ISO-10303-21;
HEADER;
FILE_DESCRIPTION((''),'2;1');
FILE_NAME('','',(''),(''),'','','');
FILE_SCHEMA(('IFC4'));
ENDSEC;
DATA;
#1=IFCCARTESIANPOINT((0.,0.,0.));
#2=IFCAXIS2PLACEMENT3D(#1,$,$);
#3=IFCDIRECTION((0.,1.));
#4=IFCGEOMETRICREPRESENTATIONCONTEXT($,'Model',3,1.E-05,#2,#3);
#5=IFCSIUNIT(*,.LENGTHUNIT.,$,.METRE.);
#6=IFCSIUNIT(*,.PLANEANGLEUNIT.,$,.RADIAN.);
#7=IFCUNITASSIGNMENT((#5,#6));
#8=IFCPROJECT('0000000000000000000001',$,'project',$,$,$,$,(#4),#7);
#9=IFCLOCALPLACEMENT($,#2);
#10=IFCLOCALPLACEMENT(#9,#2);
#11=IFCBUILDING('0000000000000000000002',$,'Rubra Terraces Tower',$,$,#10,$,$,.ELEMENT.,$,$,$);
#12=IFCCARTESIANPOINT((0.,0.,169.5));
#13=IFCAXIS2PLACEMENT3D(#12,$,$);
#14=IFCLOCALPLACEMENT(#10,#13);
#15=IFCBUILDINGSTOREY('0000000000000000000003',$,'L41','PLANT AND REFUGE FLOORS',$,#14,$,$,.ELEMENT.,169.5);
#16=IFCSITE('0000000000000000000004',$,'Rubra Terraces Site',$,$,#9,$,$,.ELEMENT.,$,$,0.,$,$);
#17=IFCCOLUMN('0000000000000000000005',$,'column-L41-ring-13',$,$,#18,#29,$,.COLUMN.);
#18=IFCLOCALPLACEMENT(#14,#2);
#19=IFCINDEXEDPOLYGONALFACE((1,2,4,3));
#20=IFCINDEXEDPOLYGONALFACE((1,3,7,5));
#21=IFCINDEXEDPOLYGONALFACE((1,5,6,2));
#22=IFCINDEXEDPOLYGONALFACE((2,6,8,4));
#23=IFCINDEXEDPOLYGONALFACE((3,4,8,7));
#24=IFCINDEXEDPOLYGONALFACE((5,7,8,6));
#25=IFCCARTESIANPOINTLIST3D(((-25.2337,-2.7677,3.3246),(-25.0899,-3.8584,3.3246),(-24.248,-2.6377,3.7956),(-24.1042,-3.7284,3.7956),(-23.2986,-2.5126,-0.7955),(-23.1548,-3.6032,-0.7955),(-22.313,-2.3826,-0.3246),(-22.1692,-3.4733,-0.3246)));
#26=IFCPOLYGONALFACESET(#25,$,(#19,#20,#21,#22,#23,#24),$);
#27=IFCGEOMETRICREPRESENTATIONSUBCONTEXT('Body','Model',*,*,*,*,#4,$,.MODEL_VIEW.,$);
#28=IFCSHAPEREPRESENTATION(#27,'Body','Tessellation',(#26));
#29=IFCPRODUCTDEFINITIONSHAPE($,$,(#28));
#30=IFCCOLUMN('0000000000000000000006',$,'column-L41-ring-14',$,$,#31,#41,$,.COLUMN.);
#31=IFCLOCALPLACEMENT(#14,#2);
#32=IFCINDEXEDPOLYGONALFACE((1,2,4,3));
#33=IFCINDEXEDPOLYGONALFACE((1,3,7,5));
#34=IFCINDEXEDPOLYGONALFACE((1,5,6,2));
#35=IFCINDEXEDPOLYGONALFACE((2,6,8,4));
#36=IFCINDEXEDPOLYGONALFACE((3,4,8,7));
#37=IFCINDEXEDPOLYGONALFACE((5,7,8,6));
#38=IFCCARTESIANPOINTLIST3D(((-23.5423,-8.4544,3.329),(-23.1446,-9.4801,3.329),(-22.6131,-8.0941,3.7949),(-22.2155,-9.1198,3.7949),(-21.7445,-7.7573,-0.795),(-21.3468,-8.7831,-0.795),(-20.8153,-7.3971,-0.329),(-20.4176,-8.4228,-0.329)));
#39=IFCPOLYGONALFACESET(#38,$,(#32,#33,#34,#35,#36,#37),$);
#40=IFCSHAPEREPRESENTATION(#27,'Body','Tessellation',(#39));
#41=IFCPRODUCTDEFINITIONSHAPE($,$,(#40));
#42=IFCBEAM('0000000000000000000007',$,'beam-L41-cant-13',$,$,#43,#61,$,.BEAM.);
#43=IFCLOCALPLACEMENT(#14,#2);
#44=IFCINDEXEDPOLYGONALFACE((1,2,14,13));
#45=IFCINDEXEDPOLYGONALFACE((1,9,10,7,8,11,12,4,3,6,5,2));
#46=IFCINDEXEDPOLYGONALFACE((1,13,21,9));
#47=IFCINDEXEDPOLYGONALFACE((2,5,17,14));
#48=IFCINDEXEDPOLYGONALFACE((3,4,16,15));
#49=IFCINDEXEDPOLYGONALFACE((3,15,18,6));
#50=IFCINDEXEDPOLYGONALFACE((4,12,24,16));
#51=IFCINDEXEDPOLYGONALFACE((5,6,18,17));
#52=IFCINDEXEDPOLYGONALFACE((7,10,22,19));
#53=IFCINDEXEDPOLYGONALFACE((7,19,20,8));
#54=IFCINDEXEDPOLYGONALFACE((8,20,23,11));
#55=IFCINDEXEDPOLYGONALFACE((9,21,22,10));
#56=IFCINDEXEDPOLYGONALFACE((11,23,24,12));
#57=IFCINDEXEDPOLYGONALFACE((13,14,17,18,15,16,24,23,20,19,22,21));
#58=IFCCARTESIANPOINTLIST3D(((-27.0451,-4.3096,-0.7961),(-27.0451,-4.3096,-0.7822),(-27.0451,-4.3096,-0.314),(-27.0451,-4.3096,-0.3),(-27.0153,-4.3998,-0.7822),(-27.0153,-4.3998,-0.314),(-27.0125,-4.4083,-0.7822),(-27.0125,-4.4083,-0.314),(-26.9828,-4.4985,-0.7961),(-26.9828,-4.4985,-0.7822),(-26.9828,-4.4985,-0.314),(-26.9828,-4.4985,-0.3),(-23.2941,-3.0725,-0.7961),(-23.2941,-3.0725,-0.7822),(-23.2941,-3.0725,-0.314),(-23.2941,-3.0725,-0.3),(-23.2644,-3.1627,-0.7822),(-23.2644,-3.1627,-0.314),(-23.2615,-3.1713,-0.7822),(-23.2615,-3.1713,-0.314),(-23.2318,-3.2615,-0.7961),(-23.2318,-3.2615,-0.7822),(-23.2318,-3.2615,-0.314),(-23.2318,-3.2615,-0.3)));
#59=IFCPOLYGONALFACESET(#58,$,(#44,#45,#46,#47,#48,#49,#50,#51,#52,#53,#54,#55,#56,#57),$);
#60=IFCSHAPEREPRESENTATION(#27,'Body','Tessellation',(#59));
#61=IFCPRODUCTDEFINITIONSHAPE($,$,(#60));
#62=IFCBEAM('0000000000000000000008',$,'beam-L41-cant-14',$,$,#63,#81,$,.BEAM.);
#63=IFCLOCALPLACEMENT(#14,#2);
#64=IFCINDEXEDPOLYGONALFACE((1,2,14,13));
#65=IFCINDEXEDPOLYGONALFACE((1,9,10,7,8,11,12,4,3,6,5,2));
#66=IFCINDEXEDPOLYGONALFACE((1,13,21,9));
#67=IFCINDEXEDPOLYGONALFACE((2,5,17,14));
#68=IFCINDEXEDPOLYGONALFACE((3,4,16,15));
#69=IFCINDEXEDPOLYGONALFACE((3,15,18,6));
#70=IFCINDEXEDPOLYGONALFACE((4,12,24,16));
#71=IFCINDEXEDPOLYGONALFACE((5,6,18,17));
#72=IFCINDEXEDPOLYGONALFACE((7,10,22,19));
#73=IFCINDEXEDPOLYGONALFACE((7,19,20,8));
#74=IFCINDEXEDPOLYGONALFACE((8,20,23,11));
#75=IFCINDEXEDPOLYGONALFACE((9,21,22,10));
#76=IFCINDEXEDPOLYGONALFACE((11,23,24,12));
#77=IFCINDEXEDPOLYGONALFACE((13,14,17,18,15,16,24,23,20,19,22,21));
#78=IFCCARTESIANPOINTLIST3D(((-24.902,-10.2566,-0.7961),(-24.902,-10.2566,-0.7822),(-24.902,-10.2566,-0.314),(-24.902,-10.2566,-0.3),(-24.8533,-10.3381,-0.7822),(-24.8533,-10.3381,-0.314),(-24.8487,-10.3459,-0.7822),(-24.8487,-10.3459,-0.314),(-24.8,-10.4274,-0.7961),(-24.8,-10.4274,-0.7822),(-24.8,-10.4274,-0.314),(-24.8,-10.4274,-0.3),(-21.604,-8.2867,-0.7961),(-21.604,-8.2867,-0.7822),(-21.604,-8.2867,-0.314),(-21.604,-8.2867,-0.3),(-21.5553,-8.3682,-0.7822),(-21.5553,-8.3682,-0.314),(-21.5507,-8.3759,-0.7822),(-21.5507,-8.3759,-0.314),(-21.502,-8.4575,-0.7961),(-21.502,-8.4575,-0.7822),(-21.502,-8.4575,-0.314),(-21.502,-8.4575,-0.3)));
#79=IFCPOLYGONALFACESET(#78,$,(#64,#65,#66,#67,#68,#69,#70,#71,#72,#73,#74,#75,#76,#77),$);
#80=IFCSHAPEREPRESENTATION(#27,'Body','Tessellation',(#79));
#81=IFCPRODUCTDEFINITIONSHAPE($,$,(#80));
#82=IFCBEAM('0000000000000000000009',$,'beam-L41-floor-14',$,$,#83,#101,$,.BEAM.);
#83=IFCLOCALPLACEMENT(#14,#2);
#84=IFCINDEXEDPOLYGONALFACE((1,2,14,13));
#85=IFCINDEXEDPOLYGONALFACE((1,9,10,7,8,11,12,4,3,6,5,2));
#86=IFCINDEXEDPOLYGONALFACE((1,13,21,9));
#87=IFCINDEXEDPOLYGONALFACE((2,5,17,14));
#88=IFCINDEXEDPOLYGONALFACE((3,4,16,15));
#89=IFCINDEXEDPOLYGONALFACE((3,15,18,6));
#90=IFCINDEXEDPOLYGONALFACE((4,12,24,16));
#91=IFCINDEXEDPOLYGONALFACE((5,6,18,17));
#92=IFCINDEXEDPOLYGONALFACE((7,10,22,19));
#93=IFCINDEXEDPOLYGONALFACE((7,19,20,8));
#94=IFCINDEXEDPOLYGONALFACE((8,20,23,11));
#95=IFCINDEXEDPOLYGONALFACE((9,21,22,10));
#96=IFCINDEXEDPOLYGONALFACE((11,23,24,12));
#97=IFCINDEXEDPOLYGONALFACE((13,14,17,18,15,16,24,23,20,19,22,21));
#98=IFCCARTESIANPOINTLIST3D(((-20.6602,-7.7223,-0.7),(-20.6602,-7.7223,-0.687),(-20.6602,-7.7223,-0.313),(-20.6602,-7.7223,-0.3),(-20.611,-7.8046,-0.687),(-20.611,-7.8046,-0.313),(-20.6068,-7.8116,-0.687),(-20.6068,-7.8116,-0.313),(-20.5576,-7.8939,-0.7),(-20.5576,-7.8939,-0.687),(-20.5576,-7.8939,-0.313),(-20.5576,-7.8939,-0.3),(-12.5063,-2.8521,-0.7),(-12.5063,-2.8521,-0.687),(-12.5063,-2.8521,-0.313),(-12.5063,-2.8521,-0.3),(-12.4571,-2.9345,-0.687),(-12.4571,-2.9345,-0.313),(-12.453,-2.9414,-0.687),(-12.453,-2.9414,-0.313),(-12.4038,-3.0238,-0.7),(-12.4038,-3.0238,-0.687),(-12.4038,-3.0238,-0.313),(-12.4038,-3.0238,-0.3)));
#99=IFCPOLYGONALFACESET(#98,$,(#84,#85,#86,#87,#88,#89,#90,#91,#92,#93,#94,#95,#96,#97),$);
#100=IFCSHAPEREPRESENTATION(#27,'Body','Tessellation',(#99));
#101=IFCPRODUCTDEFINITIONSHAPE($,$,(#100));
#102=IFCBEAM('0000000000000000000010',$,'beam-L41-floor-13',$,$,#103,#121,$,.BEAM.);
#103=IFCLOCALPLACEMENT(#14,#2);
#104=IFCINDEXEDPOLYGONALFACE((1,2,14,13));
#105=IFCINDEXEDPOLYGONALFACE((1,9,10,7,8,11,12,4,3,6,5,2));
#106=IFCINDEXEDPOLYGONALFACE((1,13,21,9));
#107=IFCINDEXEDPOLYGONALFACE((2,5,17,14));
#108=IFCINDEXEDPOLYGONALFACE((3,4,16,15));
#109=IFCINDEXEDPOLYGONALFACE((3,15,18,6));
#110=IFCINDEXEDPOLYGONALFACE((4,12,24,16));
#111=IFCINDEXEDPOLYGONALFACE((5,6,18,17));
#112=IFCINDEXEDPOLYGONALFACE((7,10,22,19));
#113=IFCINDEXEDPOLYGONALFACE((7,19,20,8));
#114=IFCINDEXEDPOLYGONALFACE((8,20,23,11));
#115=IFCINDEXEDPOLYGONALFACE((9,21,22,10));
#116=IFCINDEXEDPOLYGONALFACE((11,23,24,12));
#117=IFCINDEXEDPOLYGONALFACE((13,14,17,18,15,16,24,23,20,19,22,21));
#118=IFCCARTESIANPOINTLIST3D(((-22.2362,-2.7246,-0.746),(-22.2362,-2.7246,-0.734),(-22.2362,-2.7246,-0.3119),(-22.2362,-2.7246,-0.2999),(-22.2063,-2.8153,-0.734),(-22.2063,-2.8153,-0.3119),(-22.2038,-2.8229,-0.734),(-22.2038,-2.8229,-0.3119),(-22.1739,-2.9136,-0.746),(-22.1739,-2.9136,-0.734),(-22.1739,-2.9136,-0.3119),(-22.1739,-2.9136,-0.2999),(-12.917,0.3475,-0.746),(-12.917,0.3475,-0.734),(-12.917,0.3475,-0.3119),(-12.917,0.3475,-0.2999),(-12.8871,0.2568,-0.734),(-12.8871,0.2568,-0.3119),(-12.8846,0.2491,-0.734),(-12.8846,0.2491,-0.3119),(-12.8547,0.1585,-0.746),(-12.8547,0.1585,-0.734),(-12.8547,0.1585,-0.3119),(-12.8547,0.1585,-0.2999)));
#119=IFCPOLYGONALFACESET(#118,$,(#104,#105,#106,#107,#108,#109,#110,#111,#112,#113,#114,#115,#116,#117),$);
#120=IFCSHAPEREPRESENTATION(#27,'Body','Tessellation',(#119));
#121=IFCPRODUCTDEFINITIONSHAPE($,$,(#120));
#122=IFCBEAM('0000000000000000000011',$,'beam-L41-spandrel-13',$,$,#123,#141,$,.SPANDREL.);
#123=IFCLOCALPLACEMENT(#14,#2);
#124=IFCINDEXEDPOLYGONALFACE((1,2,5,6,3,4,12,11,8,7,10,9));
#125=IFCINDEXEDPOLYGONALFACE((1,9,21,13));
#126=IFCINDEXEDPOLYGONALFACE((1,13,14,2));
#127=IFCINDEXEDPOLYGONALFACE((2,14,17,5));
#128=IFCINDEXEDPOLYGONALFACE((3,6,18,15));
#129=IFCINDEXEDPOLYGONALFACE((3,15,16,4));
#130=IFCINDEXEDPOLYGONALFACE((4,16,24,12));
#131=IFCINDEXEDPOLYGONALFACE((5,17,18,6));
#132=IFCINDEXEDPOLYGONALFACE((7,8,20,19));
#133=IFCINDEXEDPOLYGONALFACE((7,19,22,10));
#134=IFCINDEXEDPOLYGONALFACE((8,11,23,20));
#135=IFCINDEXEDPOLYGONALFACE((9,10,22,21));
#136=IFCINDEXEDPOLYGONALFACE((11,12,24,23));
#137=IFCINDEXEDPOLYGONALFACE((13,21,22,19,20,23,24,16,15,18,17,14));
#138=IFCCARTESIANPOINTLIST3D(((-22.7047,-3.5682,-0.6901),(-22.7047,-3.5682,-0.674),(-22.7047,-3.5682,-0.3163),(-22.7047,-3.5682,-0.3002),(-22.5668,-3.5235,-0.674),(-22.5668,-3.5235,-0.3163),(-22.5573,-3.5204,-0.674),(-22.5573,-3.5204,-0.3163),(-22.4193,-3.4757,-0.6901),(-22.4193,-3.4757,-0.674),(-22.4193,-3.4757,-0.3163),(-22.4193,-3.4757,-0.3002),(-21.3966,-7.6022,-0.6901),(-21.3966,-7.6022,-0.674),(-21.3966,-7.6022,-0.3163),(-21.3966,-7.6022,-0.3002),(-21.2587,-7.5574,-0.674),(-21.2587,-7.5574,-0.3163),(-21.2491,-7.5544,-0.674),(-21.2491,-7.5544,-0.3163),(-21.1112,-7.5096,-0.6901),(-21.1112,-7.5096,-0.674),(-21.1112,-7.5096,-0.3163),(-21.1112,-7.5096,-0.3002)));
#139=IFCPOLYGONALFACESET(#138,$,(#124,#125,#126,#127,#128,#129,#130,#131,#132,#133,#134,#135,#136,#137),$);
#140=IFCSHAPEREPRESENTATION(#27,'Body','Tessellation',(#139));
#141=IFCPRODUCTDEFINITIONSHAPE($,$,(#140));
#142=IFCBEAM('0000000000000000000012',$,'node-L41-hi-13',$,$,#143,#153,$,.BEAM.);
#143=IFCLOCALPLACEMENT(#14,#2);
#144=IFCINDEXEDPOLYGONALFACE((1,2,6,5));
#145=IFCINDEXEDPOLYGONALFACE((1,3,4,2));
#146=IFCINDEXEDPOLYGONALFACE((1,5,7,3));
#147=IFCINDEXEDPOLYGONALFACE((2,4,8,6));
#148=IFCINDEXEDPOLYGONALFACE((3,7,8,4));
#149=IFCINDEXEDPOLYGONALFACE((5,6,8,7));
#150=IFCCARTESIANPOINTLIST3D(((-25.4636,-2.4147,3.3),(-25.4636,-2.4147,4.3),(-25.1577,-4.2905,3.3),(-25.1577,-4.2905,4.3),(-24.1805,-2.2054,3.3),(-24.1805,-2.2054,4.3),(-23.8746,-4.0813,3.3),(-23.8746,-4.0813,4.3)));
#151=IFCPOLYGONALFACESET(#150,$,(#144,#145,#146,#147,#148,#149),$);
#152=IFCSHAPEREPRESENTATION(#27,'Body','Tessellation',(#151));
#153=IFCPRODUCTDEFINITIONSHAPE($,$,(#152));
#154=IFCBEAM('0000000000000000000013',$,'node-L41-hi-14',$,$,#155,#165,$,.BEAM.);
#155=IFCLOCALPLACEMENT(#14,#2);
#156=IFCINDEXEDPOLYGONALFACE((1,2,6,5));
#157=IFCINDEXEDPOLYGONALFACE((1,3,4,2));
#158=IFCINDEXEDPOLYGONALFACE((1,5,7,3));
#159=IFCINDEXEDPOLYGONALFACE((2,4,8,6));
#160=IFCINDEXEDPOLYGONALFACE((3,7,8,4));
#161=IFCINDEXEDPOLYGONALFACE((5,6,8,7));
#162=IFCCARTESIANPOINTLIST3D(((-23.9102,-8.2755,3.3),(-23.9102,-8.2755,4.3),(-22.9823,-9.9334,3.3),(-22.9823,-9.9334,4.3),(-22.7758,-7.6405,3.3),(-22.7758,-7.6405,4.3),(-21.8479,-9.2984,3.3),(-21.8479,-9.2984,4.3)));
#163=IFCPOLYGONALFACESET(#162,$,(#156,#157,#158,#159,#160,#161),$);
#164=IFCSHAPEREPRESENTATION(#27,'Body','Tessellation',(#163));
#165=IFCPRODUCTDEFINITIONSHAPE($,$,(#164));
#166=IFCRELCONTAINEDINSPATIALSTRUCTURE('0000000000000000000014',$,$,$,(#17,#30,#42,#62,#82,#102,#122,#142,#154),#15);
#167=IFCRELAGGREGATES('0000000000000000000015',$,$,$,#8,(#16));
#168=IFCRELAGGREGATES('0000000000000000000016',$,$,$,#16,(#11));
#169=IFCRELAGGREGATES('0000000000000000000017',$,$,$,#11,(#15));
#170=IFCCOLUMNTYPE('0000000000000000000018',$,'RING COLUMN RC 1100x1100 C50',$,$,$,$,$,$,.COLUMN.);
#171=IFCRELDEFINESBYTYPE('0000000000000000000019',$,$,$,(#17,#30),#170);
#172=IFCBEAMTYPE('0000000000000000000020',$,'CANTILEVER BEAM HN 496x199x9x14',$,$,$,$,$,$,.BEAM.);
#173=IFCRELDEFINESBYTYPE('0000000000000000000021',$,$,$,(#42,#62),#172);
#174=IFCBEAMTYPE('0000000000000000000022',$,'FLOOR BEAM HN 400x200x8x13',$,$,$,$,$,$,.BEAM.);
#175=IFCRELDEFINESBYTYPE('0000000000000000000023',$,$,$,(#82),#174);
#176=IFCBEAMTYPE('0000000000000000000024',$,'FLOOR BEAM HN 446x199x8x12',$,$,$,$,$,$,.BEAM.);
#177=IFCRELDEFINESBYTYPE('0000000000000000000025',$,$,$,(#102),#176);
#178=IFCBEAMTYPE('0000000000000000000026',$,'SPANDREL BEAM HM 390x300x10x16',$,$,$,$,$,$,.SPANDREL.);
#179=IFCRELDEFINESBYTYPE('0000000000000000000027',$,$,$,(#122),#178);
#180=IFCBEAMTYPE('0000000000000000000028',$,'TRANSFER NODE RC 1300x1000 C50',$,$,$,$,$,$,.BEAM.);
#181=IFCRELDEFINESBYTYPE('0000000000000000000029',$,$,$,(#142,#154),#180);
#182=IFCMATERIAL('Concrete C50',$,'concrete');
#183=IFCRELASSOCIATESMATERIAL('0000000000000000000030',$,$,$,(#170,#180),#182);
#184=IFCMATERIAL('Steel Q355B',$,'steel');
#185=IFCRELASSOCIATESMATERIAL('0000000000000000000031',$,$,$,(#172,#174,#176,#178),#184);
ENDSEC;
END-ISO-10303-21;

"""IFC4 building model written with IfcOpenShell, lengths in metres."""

from ifc_helpers import new_model, si_unit, direction, frame, origin, origin_2d, place, context, subcontext, project, spatial, rectangle, i_section, extrude, material, material_profile, profile_set, type_object, element, save


model = new_model("IFC4")

# Units and contexts
model_context = context("Model", 3, precision=1e-05, world=origin(), true_north=direction((0.0, 1.0)))
body_context = subcontext(model_context, "Body", "Model", "MODEL_VIEW")
ifc_project = project(units=[si_unit("LENGTHUNIT", "METRE"), si_unit("PLANEANGLEUNIT", "RADIAN")], contexts=[model_context])

# Site, building, storey
site_placement = place(None, origin())
site = spatial("IfcSite", under=ifc_project, at=site_placement, Name="Rubra Terraces Site", CompositionType="ELEMENT", RefElevation=0.0)
building_placement = place(site_placement, origin())
building = spatial("IfcBuilding", under=site, at=building_placement, Name="Rubra Terraces Tower", CompositionType="ELEMENT")
storey_placement = place(building_placement, frame((0.0, 0.0, 169.5)))
storey = spatial("IfcBuildingStorey", under=building, at=storey_placement, Name="L41", Description="PLANT AND REFUGE FLOORS", CompositionType="ELEMENT", Elevation=169.5)

# Columns
ifc_material_1 = material(Name="Concrete C50", Category="concrete")
ifc_material_profile_1 = material_profile(ifc_material_1, rectangle(XDim=1.1001, YDim=1.1001, at=origin_2d()), Name="RC 1100x1100")
ifc_profile_set_1 = profile_set([ifc_material_profile_1], Name="Concrete C50")
column_type = type_object("IfcColumnType", Name="RING COLUMN RC 1100x1100 C50", PredefinedType="COLUMN", material=ifc_profile_set_1)
column_1_placement = place(storey_placement, frame((-22.7339, -2.9929, -0.5601), z_axis=(-0.424444, -0.055961, 0.903723), x_axis=(0.130713, -0.99142, 0.0)))
element("IfcColumn", 1, at=column_1_placement, inside=storey, type_object=column_type, Name="column-L41-ring-13", PredefinedType="COLUMN", context=body_context, shape_type="SweptSolid", body=[
    extrude(rectangle(XDim=1.1001, YDim=1.1001, at=origin_2d()), origin(), (0.0, 0.0, 1.0), 4.5591),
])
column_2_placement = place(storey_placement, frame((-21.0811, -8.0901, -0.562), z_axis=(-0.394911, -0.153106, 0.905872), x_axis=(0.361481, -0.93238, 0.0)))
element("IfcColumn", 2, at=column_2_placement, inside=storey, type_object=column_type, Name="column-L41-ring-14", PredefinedType="COLUMN", context=body_context, shape_type="SweptSolid", body=[
    extrude(rectangle(XDim=1.1001, YDim=1.1001, at=origin_2d()), origin(), (0.0, 0.0, 1.0), 4.5525),
])

# Beams
ifc_material_2 = material(Name="Steel Q355B", Category="steel")
ifc_material_profile_2 = material_profile(ifc_material_2, i_section(OverallWidth=0.199, OverallDepth=0.4961, WebThickness=0.009, FlangeThickness=0.0139, at=origin_2d()), Name="HN 496x199x9x14")
ifc_profile_set_2 = profile_set([ifc_material_profile_2], Name="Steel Q355B")
beam_type_1 = type_object("IfcBeamType", Name="CANTILEVER BEAM HN 496x199x9x14", PredefinedType="BEAM", material=ifc_profile_set_2)
beam_1_placement = place(storey_placement, frame((-23.2629, -3.167, -0.5481), z_axis=(-0.949686, -0.313204, 0.0), x_axis=(0.313204, -0.949686, 0.0)))
element("IfcBeam", 3, at=beam_1_placement, inside=storey, type_object=beam_type_1, Name="beam-L41-cant-13", PredefinedType="BEAM", context=body_context, shape_type="SweptSolid", body=[
    extrude(i_section(OverallWidth=0.199, OverallDepth=0.4961, WebThickness=0.009, FlangeThickness=0.0139, at=origin_2d()), origin(), (0.0, 0.0, 1.0), 3.9497),
])
beam_2_placement = place(storey_placement, frame((-21.553, -8.3721, -0.5481), z_axis=(-0.858512, -0.512794, 0.0), x_axis=(0.512794, -0.858512, 0.0)))
element("IfcBeam", 4, at=beam_2_placement, inside=storey, type_object=beam_type_1, Name="beam-L41-cant-14", PredefinedType="BEAM", context=body_context, shape_type="SweptSolid", body=[
    extrude(i_section(OverallWidth=0.199, OverallDepth=0.4961, WebThickness=0.009, FlangeThickness=0.0139, at=origin_2d()), origin(), (0.0, 0.0, 1.0), 3.8416),
])
ifc_material_profile_3 = material_profile(ifc_material_2, i_section(OverallWidth=0.2, OverallDepth=0.3999, WebThickness=0.0081, FlangeThickness=0.0129, at=origin_2d()), Name="HN 400x200x8x13")
ifc_profile_set_3 = profile_set([ifc_material_profile_3], Name="Steel Q355B")
beam_type_2 = type_object("IfcBeamType", Name="FLOOR BEAM HN 400x200x8x13", PredefinedType="BEAM", material=ifc_profile_set_3)
beam_3_placement = place(storey_placement, frame((-20.6089, -7.8081, -0.5), z_axis=(0.858521, 0.512778, 0.0), x_axis=(-0.512778, 0.858521, 0.0)))
element("IfcBeam", 5, at=beam_3_placement, inside=storey, type_object=beam_type_2, Name="beam-L41-floor-14", PredefinedType="BEAM", context=body_context, shape_type="SweptSolid", body=[
    extrude(i_section(OverallWidth=0.2, OverallDepth=0.3999, WebThickness=0.0081, FlangeThickness=0.0129, at=origin_2d()), origin(), (0.0, 0.0, 1.0), 9.4976),
])
ifc_material_profile_4 = material_profile(ifc_material_2, i_section(OverallWidth=0.199, OverallDepth=0.446, WebThickness=0.0081, FlangeThickness=0.012, at=origin_2d()), Name="HN 446x199x8x12")
ifc_profile_set_4 = profile_set([ifc_material_profile_4], Name="Steel Q355B")
beam_type_3 = type_object("IfcBeamType", Name="FLOOR BEAM HN 446x199x8x12", PredefinedType="BEAM", material=ifc_profile_set_4)
beam_4_placement = place(storey_placement, frame((-22.2051, -2.8191, -0.5229), z_axis=(0.949728, 0.313076, 0.0), x_axis=(-0.313076, 0.949728, 0.0)))
element("IfcBeam", 6, at=beam_4_placement, inside=storey, type_object=beam_type_3, Name="beam-L41-floor-13", PredefinedType="BEAM", context=body_context, shape_type="SweptSolid", body=[
    extrude(i_section(OverallWidth=0.199, OverallDepth=0.446, WebThickness=0.0081, FlangeThickness=0.012, at=origin_2d()), origin(), (0.0, 0.0, 1.0), 9.8125),
])
ifc_material_profile_5 = material_profile(ifc_material_2, i_section(OverallWidth=0.3, OverallDepth=0.3899, WebThickness=0.01, FlangeThickness=0.0161, at=origin_2d()), Name="HM 390x300x10x16")
ifc_profile_set_5 = profile_set([ifc_material_profile_5], Name="Steel Q355B")
beam_type_4 = type_object("IfcBeamType", Name="SPANDREL BEAM HM 390x300x10x16", PredefinedType="SPANDREL", material=ifc_profile_set_5)
beam_5_placement = place(storey_placement, frame((-22.562, -3.522, -0.4951), z_axis=(0.308462, -0.951237, 0.0), x_axis=(0.951237, 0.308462, 0.0)))
element("IfcBeam", 7, at=beam_5_placement, inside=storey, type_object=beam_type_4, Name="beam-L41-spandrel-13", PredefinedType="SPANDREL", context=body_context, shape_type="SweptSolid", body=[
    extrude(i_section(OverallWidth=0.3, OverallDepth=0.3899, WebThickness=0.01, FlangeThickness=0.0161, at=origin_2d()), origin(), (0.0, 0.0, 1.0), 4.2407),
])
ifc_material_profile_6 = material_profile(ifc_material_1, rectangle(XDim=1.3, YDim=1.0, at=origin_2d()), Name="RC 1300x1000")
ifc_profile_set_6 = profile_set([ifc_material_profile_6], Name="Concrete C50")
beam_type_5 = type_object("IfcBeamType", Name="TRANSFER NODE RC 1300x1000 C50", PredefinedType="BEAM", material=ifc_profile_set_6)
beam_6_placement = place(storey_placement, frame((-24.822, -2.3101, 3.8), z_axis=(0.16094, -0.986964, 0.0), x_axis=(0.986964, 0.16094, 0.0)))
element("IfcBeam", 8, at=beam_6_placement, inside=storey, type_object=beam_type_5, Name="node-L41-hi-13", PredefinedType="BEAM", context=body_context, shape_type="SweptSolid", body=[
    extrude(rectangle(XDim=1.3, YDim=1.0, at=origin_2d()), origin(), (0.0, 0.0, 1.0), 1.9006),
])
beam_7_placement = place(storey_placement, frame((-23.343, -7.958, 3.8), z_axis=(0.488412, -0.872613, 0.0), x_axis=(0.872613, 0.488412, 0.0)))
element("IfcBeam", 9, at=beam_7_placement, inside=storey, type_object=beam_type_5, Name="node-L41-hi-14", PredefinedType="BEAM", context=body_context, shape_type="SweptSolid", body=[
    extrude(rectangle(XDim=1.3, YDim=1.0, at=origin_2d()), origin(), (0.0, 0.0, 1.0), 1.8999),
])

save(model, "model.ifc")
